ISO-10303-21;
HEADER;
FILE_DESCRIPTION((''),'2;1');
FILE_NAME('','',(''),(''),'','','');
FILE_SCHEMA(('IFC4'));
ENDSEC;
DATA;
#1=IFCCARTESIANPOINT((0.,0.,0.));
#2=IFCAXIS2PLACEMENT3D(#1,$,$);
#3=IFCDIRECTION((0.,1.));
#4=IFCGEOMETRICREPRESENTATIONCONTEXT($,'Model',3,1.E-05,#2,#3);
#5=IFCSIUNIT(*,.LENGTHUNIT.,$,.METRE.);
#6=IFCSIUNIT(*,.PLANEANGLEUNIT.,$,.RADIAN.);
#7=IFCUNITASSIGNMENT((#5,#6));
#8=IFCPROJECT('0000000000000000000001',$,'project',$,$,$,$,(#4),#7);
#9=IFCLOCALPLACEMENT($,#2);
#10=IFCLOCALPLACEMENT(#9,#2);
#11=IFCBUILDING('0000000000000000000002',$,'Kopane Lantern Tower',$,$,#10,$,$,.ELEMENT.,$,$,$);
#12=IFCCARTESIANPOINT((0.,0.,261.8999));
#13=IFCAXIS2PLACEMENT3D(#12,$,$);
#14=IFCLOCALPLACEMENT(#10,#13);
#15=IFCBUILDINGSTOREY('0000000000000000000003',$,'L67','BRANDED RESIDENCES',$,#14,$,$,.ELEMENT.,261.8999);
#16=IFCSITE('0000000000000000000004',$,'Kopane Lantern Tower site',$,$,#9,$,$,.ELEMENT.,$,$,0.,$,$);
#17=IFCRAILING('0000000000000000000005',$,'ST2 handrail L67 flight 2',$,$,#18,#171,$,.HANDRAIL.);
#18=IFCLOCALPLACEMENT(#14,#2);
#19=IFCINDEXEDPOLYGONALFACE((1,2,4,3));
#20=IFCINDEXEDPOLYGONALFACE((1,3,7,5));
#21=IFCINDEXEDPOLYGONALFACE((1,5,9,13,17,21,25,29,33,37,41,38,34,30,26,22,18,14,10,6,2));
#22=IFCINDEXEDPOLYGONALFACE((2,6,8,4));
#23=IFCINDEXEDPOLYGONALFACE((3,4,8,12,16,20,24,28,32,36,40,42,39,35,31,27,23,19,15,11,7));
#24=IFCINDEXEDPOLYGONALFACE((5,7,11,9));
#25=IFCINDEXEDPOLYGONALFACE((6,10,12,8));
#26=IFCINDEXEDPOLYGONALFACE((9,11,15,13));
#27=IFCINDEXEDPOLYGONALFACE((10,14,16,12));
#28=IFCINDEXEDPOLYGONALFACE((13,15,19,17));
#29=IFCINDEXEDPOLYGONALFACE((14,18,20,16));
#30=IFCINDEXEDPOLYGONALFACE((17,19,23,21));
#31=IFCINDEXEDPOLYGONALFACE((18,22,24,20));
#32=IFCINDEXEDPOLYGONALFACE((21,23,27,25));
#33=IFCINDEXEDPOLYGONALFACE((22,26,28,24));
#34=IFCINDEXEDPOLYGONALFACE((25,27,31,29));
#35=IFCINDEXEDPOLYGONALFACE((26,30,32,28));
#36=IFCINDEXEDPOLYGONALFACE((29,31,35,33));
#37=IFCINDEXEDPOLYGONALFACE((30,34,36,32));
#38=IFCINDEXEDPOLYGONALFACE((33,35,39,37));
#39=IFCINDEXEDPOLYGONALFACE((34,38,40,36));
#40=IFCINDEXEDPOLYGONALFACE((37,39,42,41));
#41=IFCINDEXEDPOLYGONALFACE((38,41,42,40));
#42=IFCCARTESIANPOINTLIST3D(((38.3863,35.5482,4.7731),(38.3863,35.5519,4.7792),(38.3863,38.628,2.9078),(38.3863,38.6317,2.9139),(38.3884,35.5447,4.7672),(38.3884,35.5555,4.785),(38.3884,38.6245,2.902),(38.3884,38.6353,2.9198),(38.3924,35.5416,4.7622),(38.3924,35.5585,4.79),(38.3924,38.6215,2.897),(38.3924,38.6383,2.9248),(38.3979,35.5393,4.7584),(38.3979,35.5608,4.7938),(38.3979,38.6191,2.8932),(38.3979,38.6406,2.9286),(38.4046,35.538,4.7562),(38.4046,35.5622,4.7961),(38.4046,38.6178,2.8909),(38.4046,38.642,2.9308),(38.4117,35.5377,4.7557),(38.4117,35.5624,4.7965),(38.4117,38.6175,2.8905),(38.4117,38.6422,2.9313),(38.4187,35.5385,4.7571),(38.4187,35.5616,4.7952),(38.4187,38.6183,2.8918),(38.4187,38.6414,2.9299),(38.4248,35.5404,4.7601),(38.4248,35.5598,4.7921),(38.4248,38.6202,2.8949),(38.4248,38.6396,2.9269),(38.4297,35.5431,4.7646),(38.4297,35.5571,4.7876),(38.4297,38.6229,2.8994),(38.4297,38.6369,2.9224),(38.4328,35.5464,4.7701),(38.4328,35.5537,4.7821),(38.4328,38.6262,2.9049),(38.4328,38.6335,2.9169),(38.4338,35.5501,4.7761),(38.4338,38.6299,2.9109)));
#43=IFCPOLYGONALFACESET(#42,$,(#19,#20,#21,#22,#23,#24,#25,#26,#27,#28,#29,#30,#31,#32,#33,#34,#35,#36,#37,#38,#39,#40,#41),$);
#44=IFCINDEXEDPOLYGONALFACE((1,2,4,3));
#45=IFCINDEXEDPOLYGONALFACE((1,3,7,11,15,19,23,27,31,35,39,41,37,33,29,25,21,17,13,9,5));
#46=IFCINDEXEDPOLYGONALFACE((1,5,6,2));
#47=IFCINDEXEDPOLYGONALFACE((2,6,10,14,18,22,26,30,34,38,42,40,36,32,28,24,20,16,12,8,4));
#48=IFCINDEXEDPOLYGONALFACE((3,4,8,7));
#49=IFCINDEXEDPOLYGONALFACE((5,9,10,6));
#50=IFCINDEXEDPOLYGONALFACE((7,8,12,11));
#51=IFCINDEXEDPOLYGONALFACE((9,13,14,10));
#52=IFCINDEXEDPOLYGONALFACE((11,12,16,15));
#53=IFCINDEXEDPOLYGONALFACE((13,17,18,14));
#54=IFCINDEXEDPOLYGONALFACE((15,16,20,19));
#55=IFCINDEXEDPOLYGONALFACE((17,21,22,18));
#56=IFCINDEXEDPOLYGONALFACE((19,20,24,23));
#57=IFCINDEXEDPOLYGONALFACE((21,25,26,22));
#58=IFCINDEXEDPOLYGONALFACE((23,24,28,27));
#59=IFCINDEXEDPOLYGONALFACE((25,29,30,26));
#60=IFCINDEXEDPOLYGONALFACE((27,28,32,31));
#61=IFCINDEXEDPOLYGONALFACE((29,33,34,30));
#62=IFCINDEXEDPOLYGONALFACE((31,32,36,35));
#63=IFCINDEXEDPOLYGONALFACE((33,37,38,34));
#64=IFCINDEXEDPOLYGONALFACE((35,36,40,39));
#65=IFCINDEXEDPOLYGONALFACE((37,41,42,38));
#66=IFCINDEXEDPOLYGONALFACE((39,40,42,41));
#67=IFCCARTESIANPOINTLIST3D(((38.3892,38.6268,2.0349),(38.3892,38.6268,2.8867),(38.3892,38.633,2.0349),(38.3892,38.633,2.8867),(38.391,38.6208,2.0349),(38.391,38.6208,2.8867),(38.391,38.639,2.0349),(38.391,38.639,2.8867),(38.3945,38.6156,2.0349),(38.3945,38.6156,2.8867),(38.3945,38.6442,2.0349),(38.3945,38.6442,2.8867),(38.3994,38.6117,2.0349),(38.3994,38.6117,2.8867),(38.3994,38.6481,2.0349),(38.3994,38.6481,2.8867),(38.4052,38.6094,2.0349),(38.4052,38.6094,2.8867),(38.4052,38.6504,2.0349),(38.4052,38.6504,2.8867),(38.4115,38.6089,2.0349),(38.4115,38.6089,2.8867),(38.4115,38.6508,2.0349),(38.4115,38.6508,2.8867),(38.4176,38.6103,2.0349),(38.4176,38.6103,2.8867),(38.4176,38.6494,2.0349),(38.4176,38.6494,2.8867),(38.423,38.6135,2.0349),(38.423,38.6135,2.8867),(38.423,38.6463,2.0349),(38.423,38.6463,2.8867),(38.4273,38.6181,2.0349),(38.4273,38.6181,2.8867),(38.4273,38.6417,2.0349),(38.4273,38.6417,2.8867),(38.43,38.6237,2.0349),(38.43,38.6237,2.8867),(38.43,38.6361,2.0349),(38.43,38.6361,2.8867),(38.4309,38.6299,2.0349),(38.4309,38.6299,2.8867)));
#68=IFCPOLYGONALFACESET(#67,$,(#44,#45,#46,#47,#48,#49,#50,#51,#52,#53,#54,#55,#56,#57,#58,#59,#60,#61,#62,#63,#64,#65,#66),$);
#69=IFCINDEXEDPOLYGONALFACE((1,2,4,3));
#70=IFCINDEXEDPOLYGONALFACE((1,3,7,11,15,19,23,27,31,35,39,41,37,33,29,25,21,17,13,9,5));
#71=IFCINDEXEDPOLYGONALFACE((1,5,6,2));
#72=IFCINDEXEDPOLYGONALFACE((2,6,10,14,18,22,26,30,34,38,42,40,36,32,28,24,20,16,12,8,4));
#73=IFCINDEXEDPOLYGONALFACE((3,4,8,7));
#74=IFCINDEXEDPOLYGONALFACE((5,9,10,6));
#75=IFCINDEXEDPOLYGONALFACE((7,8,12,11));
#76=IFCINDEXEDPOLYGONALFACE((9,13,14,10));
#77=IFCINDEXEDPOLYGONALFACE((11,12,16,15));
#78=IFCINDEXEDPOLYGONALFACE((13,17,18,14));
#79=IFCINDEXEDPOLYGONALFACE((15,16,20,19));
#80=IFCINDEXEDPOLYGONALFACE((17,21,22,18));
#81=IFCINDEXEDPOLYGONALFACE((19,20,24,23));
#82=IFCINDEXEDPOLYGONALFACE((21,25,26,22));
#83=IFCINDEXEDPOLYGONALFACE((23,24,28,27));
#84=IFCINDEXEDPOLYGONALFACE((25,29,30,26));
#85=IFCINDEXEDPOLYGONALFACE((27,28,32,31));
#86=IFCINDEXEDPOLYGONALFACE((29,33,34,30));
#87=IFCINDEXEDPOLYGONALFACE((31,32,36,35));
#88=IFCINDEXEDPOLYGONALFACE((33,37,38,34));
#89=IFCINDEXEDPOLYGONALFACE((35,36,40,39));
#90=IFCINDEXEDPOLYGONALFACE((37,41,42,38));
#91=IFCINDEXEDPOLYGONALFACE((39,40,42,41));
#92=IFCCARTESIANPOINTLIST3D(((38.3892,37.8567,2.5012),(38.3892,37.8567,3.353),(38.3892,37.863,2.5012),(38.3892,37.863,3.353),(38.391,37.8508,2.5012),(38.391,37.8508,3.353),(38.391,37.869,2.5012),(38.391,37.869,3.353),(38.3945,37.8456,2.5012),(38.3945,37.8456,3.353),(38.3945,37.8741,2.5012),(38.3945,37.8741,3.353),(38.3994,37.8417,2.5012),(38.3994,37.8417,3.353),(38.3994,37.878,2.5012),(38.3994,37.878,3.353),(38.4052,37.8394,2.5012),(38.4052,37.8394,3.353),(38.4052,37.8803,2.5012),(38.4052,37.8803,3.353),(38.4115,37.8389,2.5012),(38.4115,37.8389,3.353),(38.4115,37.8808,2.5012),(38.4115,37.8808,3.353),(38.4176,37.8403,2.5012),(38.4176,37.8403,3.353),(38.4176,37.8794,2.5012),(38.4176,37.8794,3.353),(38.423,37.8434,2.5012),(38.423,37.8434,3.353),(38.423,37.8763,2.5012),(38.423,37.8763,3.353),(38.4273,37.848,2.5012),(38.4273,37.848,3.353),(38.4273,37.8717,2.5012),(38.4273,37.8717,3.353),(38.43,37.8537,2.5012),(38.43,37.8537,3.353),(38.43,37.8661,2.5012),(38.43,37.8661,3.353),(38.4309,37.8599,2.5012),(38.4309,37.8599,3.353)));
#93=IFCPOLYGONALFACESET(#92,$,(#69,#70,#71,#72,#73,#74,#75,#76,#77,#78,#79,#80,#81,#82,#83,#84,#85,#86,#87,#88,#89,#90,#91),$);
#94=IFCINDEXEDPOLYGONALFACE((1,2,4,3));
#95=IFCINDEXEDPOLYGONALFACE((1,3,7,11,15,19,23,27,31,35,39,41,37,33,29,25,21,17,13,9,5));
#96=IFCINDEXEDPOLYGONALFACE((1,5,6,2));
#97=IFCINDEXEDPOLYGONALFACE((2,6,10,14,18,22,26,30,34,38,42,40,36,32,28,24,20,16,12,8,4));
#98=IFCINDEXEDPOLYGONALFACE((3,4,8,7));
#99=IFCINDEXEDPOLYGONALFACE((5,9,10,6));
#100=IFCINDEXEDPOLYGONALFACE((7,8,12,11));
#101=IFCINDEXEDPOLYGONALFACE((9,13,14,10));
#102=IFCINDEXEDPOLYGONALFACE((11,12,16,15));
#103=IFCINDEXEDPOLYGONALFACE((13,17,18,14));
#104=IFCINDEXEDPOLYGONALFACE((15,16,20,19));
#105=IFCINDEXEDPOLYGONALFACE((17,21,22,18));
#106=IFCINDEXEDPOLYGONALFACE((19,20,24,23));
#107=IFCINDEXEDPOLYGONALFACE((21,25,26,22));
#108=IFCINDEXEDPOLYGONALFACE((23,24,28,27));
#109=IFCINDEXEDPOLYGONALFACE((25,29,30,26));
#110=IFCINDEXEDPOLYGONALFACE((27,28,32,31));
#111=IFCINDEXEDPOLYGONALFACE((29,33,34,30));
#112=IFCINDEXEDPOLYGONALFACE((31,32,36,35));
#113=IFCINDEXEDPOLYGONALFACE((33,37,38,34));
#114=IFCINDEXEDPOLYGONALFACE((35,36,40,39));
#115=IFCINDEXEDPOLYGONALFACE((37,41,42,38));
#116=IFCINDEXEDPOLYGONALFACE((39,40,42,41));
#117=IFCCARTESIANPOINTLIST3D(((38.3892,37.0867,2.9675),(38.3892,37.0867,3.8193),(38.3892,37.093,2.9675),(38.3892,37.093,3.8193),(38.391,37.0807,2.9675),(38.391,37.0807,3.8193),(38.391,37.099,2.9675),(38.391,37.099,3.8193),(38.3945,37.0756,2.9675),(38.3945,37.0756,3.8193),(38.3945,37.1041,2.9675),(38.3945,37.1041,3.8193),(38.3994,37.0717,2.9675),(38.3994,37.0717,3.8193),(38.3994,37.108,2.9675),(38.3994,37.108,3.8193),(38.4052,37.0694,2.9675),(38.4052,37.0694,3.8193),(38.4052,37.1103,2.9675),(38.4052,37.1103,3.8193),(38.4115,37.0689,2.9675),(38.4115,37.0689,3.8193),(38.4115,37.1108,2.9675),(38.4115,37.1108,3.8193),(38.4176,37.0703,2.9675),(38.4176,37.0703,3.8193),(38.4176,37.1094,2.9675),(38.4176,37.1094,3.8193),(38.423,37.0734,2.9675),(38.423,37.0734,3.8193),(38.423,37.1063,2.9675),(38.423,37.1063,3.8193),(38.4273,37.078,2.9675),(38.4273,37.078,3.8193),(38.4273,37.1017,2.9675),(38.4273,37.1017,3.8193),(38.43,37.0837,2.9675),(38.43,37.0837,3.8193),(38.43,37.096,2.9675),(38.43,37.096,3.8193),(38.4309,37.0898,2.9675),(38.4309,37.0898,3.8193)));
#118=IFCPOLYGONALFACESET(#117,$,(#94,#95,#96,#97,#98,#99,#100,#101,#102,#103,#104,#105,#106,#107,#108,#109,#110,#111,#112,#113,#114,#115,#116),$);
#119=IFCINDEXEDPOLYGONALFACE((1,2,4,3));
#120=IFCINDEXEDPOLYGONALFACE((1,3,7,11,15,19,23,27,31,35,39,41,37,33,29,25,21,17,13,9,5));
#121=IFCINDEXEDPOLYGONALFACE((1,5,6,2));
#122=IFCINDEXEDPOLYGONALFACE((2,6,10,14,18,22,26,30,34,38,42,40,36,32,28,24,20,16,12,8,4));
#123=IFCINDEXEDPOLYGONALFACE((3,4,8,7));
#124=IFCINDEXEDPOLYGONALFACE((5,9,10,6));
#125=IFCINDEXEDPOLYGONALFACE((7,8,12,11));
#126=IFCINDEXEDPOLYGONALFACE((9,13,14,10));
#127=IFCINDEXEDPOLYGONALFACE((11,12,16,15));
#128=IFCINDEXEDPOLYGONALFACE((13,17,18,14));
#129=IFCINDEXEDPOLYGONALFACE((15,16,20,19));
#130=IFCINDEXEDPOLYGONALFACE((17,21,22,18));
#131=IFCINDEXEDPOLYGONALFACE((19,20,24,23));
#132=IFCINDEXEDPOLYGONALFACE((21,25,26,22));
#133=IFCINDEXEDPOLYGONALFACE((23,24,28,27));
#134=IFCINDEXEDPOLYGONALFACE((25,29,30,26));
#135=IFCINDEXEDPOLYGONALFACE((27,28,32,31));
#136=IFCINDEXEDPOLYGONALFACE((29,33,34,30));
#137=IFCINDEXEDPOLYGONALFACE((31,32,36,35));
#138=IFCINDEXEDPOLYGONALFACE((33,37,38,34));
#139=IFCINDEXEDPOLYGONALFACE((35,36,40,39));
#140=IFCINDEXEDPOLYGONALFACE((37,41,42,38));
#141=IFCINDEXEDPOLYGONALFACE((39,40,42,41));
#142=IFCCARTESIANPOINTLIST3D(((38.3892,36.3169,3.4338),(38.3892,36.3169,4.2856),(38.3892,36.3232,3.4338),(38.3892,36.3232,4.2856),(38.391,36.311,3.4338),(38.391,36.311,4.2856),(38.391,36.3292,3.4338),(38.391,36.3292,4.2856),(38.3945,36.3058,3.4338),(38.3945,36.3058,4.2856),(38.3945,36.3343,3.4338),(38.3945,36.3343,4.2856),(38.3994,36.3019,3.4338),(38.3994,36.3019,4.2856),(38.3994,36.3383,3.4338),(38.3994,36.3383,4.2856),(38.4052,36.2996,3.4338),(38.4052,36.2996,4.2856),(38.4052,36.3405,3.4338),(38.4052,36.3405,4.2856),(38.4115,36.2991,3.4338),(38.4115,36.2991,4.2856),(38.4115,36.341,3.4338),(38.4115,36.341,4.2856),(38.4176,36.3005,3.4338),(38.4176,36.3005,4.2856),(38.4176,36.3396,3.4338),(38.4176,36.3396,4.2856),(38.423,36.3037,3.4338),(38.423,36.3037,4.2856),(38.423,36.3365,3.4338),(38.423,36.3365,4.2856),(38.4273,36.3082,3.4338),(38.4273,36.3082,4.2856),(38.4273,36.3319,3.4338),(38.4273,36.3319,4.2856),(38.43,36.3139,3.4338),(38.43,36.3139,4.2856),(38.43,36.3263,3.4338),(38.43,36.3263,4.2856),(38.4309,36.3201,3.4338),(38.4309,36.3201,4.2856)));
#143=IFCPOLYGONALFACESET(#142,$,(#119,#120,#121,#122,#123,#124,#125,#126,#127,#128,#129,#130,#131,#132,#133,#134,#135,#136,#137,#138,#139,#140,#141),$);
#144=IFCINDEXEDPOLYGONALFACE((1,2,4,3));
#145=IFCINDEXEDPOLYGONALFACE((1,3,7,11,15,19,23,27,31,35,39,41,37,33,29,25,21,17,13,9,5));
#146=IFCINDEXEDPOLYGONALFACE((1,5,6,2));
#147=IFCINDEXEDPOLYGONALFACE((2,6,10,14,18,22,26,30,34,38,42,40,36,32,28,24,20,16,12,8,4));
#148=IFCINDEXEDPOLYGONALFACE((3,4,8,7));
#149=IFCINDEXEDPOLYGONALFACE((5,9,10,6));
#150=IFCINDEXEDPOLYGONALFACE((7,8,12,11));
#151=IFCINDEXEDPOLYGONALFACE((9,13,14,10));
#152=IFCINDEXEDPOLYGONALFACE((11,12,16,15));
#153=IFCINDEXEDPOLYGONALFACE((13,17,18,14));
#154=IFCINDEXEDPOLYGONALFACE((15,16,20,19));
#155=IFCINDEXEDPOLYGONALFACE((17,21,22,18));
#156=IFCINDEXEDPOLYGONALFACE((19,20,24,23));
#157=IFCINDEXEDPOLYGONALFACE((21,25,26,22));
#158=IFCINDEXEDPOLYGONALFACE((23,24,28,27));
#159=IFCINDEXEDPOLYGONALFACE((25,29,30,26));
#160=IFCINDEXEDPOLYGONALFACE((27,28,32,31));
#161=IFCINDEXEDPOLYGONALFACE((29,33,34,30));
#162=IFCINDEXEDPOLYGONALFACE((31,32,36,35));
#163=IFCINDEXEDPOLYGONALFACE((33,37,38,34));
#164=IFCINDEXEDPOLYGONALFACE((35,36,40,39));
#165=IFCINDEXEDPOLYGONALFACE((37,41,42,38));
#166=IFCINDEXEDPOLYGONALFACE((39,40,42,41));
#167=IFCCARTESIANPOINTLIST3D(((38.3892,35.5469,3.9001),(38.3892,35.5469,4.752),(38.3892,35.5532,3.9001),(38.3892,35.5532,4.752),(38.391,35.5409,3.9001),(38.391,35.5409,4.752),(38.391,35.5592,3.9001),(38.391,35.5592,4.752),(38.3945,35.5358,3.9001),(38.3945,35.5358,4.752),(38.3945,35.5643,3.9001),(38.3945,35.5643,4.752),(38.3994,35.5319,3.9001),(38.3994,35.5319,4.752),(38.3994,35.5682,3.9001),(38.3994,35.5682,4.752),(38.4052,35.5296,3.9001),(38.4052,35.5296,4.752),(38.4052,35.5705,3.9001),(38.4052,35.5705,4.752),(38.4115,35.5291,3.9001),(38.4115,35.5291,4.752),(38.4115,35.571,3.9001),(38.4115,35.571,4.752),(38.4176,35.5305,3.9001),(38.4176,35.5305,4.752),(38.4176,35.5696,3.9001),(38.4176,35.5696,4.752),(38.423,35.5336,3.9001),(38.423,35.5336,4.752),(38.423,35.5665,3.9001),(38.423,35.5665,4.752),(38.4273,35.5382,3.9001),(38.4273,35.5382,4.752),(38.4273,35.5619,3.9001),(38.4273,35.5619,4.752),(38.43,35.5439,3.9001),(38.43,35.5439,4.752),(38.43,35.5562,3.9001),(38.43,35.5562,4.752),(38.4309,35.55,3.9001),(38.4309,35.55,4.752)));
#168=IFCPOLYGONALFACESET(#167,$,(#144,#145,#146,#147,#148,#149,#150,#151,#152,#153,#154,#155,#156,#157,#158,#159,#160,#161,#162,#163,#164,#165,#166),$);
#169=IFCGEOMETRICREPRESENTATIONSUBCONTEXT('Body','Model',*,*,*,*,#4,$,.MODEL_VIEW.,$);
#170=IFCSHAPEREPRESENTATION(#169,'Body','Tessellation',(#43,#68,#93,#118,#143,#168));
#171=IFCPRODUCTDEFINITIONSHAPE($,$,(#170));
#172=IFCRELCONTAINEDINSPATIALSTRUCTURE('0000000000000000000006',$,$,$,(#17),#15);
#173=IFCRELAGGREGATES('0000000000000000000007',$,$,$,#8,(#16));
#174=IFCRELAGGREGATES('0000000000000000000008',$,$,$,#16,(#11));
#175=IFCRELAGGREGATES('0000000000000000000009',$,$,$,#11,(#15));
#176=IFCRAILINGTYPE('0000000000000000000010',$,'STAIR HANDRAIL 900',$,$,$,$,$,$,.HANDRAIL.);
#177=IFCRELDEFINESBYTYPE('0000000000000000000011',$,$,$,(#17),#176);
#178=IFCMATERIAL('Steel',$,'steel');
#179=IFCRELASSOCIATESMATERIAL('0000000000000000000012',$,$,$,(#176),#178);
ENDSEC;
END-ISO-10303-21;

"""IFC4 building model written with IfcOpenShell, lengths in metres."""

from ifc_helpers import new_model, si_unit, direction, frame, origin, origin_2d, place, context, subcontext, project, spatial, circle, extrude, material, type_object, element, save


model = new_model("IFC4")

# Units and contexts
model_context = context("Model", 3, precision=1e-05, world=origin(), true_north=direction((0.0, 1.0)))
body_context = subcontext(model_context, "Body", "Model", "MODEL_VIEW")
ifc_project = project(units=[si_unit("LENGTHUNIT", "METRE"), si_unit("PLANEANGLEUNIT", "RADIAN")], contexts=[model_context])

# Site, building, storey
site_placement = place(None, origin())
site = spatial("IfcSite", under=ifc_project, at=site_placement, Name="Kopane Lantern Tower site", CompositionType="ELEMENT", RefElevation=0.0)
building_placement = place(site_placement, origin())
building = spatial("IfcBuilding", under=site, at=building_placement, Name="Kopane Lantern Tower", CompositionType="ELEMENT")
storey_placement = place(building_placement, frame((0.0, 0.0, 261.8999)))
storey = spatial("IfcBuildingStorey", under=building, at=storey_placement, Name="L67", Description="BRANDED RESIDENCES", CompositionType="ELEMENT", Elevation=261.8999)

# Railing
ifc_material_1 = material(Name="Steel", Category="steel")
railing_type = type_object("IfcRailingType", Name="STAIR HANDRAIL 900", PredefinedType="HANDRAIL", material=ifc_material_1)
for number, where, name in (
    (1, (38.4099, 38.6299, 2.0349), "ST2 handrail L67 flight 2"),
):
    element("IfcRailing", number, at=place(storey_placement, frame(where)), inside=storey, type_object=railing_type, Name=name, PredefinedType="HANDRAIL", context=body_context, shape_type="SweptSolid", body=[
        extrude(circle(Radius=0.0239, at=origin_2d()), frame((0.0, 0.0, 0.876), z_axis=(0.0, -0.855362, 0.518031), x_axis=(1.0, 0.0, 0.0)), (0.0, 0.0, 1.0), 3.6006),
        extrude(circle(Radius=0.021, at=origin_2d()), origin(), (0.0, 0.0, 1.0), 0.8518),
        extrude(circle(Radius=0.021, at=origin_2d()), frame((0.0, -0.77, 0.4663)), (0.0, 0.0, 1.0), 0.8518),
        extrude(circle(Radius=0.021, at=origin_2d()), frame((0.0, -1.54, 0.9326)), (0.0, 0.0, 1.0), 0.8518),
        extrude(circle(Radius=0.021, at=origin_2d()), frame((0.0, -2.3098, 1.3989)), (0.0, 0.0, 1.0), 0.8518),
        extrude(circle(Radius=0.021, at=origin_2d()), frame((0.0, -3.0798, 1.8652)), (0.0, 0.0, 1.0), 0.8518),
    ])

save(model, "model.ifc")
